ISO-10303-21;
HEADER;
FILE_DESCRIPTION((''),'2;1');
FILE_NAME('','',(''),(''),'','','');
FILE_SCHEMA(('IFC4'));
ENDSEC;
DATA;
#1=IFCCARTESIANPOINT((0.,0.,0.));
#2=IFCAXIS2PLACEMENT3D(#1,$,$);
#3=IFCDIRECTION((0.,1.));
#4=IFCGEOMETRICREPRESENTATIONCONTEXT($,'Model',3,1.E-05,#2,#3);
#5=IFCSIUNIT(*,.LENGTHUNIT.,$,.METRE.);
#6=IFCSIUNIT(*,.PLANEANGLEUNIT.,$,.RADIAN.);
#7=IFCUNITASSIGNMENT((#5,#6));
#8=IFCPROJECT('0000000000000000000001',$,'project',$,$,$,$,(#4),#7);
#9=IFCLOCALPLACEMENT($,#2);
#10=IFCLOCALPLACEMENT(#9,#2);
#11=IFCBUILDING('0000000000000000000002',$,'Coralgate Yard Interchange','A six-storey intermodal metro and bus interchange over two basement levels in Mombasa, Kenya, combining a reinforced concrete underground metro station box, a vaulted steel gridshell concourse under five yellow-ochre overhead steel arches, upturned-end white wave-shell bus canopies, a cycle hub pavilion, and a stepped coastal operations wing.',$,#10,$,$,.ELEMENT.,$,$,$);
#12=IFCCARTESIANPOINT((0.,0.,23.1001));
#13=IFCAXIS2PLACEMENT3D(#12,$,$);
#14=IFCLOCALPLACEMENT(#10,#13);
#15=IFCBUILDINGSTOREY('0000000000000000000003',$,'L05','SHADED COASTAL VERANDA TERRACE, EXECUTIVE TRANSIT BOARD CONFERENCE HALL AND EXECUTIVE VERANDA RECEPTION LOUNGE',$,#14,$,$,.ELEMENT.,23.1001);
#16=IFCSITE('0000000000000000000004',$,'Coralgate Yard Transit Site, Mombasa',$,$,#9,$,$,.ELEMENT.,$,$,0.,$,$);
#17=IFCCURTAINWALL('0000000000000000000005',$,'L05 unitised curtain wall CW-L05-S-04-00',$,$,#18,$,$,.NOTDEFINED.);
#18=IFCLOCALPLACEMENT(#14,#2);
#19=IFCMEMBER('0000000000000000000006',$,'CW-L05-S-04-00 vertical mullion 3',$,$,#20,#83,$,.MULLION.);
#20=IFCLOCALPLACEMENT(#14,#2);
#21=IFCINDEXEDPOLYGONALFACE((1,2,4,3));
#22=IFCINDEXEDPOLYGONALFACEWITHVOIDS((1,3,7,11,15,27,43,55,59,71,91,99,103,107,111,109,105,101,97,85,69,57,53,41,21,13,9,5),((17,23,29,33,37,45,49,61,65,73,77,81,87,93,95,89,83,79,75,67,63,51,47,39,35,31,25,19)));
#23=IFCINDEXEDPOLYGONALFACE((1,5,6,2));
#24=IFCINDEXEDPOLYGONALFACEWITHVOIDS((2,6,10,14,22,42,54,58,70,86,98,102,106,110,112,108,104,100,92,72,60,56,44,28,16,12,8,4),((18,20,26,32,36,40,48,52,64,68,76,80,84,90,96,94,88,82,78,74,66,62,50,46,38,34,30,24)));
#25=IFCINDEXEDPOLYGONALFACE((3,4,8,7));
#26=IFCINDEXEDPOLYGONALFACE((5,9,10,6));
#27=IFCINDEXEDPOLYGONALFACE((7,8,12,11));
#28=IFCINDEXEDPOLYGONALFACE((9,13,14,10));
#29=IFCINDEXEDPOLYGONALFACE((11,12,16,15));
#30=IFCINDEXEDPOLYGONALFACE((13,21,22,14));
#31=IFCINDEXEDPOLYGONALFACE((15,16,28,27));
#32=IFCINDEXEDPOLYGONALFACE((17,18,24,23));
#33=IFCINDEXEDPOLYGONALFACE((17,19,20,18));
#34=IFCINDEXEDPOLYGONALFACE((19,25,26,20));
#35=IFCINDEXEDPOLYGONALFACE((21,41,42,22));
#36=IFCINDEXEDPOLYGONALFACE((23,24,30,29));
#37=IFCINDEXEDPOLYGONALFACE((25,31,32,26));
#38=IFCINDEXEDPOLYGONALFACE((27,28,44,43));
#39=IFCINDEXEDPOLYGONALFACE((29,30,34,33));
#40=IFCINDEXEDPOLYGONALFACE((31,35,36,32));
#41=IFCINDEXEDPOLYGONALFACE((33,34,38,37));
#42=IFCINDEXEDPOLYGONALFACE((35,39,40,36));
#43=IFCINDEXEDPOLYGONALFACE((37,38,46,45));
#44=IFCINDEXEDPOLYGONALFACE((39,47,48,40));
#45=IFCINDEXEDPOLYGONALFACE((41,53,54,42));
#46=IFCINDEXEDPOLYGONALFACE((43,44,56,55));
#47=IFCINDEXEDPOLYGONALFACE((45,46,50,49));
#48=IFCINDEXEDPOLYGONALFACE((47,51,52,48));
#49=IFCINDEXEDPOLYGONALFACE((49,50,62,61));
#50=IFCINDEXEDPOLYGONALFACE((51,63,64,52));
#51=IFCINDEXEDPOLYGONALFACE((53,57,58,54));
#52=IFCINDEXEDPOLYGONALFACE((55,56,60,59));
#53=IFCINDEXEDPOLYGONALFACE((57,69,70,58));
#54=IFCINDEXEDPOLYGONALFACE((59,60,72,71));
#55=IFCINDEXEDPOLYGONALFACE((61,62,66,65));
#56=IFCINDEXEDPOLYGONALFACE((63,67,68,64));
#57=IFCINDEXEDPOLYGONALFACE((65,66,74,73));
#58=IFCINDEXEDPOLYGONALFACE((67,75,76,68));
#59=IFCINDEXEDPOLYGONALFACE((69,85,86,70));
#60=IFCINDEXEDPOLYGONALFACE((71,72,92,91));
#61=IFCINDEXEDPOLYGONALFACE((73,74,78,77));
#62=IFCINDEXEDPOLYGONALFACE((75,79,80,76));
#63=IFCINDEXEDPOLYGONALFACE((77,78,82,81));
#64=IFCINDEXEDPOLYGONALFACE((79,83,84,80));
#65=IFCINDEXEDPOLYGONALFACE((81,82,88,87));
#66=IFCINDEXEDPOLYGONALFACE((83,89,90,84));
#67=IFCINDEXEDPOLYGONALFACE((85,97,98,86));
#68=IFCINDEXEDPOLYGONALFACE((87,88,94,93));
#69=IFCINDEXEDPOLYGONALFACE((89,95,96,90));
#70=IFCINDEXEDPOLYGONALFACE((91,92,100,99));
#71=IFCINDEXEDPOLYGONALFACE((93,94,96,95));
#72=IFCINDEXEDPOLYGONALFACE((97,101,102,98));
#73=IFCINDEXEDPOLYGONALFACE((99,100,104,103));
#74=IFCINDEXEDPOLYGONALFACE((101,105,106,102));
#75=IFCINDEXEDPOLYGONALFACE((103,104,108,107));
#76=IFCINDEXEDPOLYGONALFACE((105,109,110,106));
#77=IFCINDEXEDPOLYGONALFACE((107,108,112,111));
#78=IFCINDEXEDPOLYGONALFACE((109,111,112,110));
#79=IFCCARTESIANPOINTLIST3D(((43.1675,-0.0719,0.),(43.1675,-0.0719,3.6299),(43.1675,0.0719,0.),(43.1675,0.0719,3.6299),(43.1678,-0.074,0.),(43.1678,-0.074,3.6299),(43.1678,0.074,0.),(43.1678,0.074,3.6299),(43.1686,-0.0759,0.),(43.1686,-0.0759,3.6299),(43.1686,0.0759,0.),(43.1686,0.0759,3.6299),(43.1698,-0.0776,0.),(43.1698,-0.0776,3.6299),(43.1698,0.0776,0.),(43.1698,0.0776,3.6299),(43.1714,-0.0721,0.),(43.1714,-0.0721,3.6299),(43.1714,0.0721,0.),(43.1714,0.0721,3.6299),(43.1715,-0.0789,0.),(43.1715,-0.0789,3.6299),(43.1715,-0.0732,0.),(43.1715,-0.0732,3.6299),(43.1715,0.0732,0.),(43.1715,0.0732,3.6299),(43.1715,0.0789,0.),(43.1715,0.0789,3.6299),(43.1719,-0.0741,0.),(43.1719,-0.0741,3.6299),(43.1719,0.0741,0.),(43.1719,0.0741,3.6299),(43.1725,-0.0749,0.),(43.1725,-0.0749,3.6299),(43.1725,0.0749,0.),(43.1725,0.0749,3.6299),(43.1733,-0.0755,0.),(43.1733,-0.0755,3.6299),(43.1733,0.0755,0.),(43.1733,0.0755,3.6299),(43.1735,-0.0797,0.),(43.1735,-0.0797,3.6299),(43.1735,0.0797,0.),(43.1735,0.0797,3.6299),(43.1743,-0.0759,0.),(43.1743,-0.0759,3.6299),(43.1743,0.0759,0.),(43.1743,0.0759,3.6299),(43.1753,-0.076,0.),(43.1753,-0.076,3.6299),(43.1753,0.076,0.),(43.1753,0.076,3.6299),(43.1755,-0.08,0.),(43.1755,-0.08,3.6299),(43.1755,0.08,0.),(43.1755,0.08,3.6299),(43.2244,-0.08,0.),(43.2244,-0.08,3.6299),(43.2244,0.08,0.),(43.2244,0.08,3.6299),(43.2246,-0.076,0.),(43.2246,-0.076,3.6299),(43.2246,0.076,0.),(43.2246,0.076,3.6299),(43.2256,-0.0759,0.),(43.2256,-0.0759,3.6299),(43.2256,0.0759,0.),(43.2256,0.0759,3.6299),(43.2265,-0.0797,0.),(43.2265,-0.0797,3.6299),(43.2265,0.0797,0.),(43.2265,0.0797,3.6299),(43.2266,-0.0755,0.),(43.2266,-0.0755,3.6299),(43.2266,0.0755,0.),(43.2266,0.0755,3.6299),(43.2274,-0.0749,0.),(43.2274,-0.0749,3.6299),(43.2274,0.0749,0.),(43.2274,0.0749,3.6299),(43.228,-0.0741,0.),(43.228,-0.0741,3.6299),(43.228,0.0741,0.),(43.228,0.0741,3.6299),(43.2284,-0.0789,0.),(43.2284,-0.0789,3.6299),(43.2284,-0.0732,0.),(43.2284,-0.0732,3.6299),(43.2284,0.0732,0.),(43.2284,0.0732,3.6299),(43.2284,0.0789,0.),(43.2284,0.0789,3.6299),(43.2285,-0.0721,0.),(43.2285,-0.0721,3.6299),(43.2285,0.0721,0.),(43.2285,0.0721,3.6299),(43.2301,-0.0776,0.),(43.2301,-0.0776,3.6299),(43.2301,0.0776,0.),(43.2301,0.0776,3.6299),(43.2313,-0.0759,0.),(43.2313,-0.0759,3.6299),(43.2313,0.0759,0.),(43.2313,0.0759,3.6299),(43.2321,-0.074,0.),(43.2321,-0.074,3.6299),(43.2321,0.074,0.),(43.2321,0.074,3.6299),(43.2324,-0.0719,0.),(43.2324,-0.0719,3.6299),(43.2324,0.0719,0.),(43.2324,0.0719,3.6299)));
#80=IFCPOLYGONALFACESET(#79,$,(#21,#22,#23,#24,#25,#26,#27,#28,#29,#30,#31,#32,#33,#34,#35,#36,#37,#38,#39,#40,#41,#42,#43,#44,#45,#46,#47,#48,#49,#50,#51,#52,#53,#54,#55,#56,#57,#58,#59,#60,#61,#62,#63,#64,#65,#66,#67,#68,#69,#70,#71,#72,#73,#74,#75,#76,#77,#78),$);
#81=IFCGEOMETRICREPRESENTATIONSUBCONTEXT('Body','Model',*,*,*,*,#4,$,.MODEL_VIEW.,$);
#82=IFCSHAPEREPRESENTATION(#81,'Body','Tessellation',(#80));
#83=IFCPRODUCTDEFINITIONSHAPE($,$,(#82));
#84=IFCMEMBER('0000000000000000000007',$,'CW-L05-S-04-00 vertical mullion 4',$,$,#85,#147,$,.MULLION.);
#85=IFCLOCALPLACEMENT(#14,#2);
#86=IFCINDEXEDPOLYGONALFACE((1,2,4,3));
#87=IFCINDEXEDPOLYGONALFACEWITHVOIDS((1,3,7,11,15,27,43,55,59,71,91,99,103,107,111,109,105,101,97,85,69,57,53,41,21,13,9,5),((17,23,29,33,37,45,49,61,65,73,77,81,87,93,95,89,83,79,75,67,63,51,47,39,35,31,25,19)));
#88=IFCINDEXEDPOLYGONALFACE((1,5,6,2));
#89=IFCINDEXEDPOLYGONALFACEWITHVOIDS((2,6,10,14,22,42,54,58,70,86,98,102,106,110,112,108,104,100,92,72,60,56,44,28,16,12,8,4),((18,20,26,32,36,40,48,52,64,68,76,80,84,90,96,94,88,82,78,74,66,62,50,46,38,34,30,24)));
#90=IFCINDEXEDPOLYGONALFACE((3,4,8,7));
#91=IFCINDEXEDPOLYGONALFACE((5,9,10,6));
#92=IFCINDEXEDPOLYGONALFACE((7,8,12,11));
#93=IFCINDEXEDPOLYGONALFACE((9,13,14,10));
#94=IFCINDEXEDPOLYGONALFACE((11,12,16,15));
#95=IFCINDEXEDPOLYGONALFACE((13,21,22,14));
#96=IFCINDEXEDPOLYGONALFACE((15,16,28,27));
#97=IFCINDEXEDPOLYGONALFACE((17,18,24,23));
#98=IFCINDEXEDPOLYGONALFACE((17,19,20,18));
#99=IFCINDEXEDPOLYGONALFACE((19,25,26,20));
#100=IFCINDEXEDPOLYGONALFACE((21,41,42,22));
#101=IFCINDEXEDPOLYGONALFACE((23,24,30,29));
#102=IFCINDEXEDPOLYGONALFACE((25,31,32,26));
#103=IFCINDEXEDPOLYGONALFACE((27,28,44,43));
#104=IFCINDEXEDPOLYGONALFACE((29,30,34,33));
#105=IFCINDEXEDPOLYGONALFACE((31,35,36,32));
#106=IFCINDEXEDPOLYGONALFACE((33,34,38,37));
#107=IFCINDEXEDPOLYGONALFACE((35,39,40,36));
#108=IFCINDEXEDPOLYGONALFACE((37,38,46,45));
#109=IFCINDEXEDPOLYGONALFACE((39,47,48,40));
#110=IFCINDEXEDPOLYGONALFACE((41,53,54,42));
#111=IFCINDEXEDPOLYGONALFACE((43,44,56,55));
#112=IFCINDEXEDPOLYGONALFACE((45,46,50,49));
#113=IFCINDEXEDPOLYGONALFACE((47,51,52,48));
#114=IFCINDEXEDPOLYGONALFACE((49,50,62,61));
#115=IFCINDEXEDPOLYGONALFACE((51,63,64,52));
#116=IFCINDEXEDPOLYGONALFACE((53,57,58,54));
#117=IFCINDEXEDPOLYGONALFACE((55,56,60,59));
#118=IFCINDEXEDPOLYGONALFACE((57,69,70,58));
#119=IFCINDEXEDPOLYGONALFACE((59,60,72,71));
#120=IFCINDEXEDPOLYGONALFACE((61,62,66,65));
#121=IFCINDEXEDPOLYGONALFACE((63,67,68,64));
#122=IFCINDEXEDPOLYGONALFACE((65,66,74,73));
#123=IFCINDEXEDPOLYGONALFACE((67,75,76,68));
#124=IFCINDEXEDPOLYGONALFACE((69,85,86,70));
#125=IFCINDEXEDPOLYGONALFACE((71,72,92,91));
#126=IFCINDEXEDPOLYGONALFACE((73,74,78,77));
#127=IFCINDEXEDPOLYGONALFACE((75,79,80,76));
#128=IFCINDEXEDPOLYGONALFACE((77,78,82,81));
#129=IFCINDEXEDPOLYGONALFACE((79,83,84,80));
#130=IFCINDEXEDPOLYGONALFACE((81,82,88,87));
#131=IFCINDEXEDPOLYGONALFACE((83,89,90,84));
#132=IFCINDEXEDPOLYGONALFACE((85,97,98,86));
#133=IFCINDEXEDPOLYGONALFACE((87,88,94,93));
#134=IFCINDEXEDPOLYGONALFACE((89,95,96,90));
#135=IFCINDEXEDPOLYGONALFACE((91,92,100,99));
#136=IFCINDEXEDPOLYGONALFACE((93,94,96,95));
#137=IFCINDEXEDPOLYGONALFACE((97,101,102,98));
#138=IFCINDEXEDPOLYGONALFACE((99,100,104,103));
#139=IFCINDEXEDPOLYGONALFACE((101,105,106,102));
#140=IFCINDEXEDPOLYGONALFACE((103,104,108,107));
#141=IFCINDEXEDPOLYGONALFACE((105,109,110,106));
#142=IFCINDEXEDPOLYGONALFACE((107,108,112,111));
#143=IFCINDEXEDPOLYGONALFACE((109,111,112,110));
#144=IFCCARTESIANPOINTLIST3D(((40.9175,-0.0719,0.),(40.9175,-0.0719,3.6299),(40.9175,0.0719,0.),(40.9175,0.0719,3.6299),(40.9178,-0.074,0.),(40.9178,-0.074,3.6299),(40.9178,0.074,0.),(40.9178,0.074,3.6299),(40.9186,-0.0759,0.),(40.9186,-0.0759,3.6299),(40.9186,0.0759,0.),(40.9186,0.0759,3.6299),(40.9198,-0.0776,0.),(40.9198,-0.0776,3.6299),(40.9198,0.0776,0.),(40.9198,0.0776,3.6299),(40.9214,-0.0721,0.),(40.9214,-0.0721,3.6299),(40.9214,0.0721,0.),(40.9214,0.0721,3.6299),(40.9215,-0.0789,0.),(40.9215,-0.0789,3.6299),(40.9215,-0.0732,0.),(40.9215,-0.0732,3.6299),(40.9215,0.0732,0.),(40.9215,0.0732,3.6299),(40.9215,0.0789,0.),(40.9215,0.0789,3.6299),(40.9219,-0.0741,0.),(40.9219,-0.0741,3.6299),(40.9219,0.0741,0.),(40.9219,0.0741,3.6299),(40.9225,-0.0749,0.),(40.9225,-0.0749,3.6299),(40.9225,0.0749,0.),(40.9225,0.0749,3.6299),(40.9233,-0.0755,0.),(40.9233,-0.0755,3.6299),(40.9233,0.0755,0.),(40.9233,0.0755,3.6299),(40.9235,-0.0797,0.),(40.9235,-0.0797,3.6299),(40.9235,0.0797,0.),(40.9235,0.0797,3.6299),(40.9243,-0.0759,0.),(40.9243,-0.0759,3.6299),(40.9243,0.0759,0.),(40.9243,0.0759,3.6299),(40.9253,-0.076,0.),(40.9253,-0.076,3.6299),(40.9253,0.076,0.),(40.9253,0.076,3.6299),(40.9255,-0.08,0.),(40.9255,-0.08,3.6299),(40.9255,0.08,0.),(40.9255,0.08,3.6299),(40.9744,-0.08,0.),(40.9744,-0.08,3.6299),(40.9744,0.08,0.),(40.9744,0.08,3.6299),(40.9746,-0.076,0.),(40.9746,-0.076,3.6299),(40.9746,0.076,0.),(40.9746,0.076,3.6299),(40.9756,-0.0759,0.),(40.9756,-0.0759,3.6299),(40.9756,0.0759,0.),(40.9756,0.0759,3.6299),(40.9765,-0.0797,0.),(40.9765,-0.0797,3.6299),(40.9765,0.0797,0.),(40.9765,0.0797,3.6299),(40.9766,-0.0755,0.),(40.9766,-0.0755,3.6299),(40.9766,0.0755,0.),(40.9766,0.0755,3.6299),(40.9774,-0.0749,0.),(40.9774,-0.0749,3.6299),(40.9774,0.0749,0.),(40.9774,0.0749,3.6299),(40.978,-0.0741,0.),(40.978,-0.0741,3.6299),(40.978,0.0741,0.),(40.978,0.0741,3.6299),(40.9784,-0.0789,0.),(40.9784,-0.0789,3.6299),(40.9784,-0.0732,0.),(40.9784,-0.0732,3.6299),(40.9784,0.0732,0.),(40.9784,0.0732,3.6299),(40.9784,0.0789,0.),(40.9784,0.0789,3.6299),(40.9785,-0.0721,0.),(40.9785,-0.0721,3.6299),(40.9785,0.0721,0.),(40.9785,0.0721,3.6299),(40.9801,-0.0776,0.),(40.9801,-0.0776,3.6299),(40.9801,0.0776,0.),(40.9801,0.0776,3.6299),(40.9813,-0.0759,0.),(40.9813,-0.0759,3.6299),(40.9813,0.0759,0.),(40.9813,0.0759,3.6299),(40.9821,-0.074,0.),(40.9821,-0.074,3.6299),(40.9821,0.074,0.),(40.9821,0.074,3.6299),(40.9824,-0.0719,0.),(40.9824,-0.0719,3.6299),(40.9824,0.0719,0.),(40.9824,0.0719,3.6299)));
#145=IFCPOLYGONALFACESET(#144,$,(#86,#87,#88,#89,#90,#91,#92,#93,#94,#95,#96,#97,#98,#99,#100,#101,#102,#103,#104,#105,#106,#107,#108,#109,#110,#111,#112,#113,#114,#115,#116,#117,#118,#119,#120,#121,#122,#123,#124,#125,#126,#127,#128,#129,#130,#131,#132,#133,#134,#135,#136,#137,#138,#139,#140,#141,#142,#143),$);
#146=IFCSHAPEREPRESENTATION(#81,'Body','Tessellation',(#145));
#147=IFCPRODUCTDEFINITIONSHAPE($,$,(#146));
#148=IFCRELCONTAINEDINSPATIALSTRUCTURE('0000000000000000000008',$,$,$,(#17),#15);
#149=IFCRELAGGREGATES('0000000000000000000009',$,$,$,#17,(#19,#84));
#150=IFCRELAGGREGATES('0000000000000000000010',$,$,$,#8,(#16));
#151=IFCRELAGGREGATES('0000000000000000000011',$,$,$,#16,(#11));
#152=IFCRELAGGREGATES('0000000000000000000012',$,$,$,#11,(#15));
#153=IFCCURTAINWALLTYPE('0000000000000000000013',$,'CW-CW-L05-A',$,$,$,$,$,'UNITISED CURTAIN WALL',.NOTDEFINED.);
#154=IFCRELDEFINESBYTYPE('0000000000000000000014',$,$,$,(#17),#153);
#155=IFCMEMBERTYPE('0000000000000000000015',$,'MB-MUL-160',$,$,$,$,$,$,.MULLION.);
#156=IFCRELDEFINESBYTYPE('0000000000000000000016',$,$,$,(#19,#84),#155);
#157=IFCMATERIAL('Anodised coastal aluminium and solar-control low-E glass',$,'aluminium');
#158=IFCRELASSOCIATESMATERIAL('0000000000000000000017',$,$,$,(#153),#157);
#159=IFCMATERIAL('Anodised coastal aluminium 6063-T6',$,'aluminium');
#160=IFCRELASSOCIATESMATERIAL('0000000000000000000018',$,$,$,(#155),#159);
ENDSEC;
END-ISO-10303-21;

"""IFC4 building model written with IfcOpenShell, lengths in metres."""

from ifc_helpers import new_model, si_unit, direction, frame, origin, origin_2d, place, context, subcontext, project, spatial, hollow_rectangle, extrude, material, material_profile, profile_set, type_object, element, aggregate, save


model = new_model("IFC4")

# Units and contexts
model_context = context("Model", 3, precision=1e-05, world=origin(), true_north=direction((0.0, 1.0)))
body_context = subcontext(model_context, "Body", "Model", "MODEL_VIEW")
ifc_project = project(units=[si_unit("LENGTHUNIT", "METRE"), si_unit("PLANEANGLEUNIT", "RADIAN")], contexts=[model_context])

# Site, building, storey
site_placement = place(None, origin())
site = spatial("IfcSite", under=ifc_project, at=site_placement, Name="Coralgate Yard Transit Site, Mombasa", CompositionType="ELEMENT", RefElevation=0.0)
building_placement = place(site_placement, origin())
building = spatial("IfcBuilding", under=site, at=building_placement, Name="Coralgate Yard Interchange", Description="A six-storey intermodal metro and bus interchange over two basement levels in Mombasa, Kenya, combining a reinforced concrete underground metro station box, a vaulted steel gridshell concourse under five yellow-ochre overhead steel arches, upturned-end white wave-shell bus canopies, a cycle hub pavilion, and a stepped coastal operations wing.", CompositionType="ELEMENT")
storey_placement = place(building_placement, frame((0.0, 0.0, 23.1001)))
storey = spatial("IfcBuildingStorey", under=building, at=storey_placement, Name="L05", Description="SHADED COASTAL VERANDA TERRACE, EXECUTIVE TRANSIT BOARD CONFERENCE HALL AND EXECUTIVE VERANDA RECEPTION LOUNGE", CompositionType="ELEMENT", Elevation=23.1001)

# Curtain wall, members
ifc_material_1 = material(Name="Anodised coastal aluminium and solar-control low-E glass", Category="aluminium")
curtain_wall_type = type_object("IfcCurtainWallType", Name="CW-CW-L05-A", ElementType="UNITISED CURTAIN WALL", PredefinedType="NOTDEFINED", material=ifc_material_1)
curtain_wall_placement = place(storey_placement, origin())
curtain_wall = element("IfcCurtainWall", 1, at=curtain_wall_placement, inside=storey, type_object=curtain_wall_type, Name="L05 unitised curtain wall CW-L05-S-04-00", PredefinedType="NOTDEFINED")
ifc_material_2 = material(Name="Anodised coastal aluminium 6063-T6", Category="aluminium")
ifc_material_profile_1 = material_profile(ifc_material_2, hollow_rectangle(XDim=0.0649, YDim=0.1599, WallThickness=0.0039, InnerFilletRadius=0.0039, OuterFilletRadius=0.0081, at=origin_2d()), Name="ALU 65x160x4")
ifc_profile_set_1 = profile_set([ifc_material_profile_1], Name="Anodised coastal aluminium 6063-T6")
member_type_1 = type_object("IfcMemberType", Name="MB-MUL-160", PredefinedType="MULLION", material=ifc_profile_set_1)
member_1_placement = place(storey_placement, frame((43.2, 0.0, 0.0), z_axis=(0.0, 0.0, 1.0), x_axis=(1.0, 0.0, 0.0)))
member_1 = element("IfcMember", 2, at=member_1_placement, type_object=member_type_1, Name="CW-L05-S-04-00 vertical mullion 3", PredefinedType="MULLION", context=body_context, shape_type="SweptSolid", body=[
    extrude(hollow_rectangle(XDim=0.0649, YDim=0.1599, WallThickness=0.0039, InnerFilletRadius=0.0039, OuterFilletRadius=0.0081, at=origin_2d()), origin(), (0.0, 0.0, 1.0), 3.6299),
])
member_2_placement = place(storey_placement, frame((40.95, 0.0, 0.0), z_axis=(0.0, 0.0, 1.0), x_axis=(1.0, 0.0, 0.0)))
member_2 = element("IfcMember", 3, at=member_2_placement, type_object=member_type_1, Name="CW-L05-S-04-00 vertical mullion 4", PredefinedType="MULLION", context=body_context, shape_type="SweptSolid", body=[
    extrude(hollow_rectangle(XDim=0.0649, YDim=0.1599, WallThickness=0.0039, InnerFilletRadius=0.0039, OuterFilletRadius=0.0081, at=origin_2d()), origin(), (0.0, 0.0, 1.0), 3.6299),
])
aggregate(curtain_wall, [member_1, member_2])

save(model, "model.ifc")
